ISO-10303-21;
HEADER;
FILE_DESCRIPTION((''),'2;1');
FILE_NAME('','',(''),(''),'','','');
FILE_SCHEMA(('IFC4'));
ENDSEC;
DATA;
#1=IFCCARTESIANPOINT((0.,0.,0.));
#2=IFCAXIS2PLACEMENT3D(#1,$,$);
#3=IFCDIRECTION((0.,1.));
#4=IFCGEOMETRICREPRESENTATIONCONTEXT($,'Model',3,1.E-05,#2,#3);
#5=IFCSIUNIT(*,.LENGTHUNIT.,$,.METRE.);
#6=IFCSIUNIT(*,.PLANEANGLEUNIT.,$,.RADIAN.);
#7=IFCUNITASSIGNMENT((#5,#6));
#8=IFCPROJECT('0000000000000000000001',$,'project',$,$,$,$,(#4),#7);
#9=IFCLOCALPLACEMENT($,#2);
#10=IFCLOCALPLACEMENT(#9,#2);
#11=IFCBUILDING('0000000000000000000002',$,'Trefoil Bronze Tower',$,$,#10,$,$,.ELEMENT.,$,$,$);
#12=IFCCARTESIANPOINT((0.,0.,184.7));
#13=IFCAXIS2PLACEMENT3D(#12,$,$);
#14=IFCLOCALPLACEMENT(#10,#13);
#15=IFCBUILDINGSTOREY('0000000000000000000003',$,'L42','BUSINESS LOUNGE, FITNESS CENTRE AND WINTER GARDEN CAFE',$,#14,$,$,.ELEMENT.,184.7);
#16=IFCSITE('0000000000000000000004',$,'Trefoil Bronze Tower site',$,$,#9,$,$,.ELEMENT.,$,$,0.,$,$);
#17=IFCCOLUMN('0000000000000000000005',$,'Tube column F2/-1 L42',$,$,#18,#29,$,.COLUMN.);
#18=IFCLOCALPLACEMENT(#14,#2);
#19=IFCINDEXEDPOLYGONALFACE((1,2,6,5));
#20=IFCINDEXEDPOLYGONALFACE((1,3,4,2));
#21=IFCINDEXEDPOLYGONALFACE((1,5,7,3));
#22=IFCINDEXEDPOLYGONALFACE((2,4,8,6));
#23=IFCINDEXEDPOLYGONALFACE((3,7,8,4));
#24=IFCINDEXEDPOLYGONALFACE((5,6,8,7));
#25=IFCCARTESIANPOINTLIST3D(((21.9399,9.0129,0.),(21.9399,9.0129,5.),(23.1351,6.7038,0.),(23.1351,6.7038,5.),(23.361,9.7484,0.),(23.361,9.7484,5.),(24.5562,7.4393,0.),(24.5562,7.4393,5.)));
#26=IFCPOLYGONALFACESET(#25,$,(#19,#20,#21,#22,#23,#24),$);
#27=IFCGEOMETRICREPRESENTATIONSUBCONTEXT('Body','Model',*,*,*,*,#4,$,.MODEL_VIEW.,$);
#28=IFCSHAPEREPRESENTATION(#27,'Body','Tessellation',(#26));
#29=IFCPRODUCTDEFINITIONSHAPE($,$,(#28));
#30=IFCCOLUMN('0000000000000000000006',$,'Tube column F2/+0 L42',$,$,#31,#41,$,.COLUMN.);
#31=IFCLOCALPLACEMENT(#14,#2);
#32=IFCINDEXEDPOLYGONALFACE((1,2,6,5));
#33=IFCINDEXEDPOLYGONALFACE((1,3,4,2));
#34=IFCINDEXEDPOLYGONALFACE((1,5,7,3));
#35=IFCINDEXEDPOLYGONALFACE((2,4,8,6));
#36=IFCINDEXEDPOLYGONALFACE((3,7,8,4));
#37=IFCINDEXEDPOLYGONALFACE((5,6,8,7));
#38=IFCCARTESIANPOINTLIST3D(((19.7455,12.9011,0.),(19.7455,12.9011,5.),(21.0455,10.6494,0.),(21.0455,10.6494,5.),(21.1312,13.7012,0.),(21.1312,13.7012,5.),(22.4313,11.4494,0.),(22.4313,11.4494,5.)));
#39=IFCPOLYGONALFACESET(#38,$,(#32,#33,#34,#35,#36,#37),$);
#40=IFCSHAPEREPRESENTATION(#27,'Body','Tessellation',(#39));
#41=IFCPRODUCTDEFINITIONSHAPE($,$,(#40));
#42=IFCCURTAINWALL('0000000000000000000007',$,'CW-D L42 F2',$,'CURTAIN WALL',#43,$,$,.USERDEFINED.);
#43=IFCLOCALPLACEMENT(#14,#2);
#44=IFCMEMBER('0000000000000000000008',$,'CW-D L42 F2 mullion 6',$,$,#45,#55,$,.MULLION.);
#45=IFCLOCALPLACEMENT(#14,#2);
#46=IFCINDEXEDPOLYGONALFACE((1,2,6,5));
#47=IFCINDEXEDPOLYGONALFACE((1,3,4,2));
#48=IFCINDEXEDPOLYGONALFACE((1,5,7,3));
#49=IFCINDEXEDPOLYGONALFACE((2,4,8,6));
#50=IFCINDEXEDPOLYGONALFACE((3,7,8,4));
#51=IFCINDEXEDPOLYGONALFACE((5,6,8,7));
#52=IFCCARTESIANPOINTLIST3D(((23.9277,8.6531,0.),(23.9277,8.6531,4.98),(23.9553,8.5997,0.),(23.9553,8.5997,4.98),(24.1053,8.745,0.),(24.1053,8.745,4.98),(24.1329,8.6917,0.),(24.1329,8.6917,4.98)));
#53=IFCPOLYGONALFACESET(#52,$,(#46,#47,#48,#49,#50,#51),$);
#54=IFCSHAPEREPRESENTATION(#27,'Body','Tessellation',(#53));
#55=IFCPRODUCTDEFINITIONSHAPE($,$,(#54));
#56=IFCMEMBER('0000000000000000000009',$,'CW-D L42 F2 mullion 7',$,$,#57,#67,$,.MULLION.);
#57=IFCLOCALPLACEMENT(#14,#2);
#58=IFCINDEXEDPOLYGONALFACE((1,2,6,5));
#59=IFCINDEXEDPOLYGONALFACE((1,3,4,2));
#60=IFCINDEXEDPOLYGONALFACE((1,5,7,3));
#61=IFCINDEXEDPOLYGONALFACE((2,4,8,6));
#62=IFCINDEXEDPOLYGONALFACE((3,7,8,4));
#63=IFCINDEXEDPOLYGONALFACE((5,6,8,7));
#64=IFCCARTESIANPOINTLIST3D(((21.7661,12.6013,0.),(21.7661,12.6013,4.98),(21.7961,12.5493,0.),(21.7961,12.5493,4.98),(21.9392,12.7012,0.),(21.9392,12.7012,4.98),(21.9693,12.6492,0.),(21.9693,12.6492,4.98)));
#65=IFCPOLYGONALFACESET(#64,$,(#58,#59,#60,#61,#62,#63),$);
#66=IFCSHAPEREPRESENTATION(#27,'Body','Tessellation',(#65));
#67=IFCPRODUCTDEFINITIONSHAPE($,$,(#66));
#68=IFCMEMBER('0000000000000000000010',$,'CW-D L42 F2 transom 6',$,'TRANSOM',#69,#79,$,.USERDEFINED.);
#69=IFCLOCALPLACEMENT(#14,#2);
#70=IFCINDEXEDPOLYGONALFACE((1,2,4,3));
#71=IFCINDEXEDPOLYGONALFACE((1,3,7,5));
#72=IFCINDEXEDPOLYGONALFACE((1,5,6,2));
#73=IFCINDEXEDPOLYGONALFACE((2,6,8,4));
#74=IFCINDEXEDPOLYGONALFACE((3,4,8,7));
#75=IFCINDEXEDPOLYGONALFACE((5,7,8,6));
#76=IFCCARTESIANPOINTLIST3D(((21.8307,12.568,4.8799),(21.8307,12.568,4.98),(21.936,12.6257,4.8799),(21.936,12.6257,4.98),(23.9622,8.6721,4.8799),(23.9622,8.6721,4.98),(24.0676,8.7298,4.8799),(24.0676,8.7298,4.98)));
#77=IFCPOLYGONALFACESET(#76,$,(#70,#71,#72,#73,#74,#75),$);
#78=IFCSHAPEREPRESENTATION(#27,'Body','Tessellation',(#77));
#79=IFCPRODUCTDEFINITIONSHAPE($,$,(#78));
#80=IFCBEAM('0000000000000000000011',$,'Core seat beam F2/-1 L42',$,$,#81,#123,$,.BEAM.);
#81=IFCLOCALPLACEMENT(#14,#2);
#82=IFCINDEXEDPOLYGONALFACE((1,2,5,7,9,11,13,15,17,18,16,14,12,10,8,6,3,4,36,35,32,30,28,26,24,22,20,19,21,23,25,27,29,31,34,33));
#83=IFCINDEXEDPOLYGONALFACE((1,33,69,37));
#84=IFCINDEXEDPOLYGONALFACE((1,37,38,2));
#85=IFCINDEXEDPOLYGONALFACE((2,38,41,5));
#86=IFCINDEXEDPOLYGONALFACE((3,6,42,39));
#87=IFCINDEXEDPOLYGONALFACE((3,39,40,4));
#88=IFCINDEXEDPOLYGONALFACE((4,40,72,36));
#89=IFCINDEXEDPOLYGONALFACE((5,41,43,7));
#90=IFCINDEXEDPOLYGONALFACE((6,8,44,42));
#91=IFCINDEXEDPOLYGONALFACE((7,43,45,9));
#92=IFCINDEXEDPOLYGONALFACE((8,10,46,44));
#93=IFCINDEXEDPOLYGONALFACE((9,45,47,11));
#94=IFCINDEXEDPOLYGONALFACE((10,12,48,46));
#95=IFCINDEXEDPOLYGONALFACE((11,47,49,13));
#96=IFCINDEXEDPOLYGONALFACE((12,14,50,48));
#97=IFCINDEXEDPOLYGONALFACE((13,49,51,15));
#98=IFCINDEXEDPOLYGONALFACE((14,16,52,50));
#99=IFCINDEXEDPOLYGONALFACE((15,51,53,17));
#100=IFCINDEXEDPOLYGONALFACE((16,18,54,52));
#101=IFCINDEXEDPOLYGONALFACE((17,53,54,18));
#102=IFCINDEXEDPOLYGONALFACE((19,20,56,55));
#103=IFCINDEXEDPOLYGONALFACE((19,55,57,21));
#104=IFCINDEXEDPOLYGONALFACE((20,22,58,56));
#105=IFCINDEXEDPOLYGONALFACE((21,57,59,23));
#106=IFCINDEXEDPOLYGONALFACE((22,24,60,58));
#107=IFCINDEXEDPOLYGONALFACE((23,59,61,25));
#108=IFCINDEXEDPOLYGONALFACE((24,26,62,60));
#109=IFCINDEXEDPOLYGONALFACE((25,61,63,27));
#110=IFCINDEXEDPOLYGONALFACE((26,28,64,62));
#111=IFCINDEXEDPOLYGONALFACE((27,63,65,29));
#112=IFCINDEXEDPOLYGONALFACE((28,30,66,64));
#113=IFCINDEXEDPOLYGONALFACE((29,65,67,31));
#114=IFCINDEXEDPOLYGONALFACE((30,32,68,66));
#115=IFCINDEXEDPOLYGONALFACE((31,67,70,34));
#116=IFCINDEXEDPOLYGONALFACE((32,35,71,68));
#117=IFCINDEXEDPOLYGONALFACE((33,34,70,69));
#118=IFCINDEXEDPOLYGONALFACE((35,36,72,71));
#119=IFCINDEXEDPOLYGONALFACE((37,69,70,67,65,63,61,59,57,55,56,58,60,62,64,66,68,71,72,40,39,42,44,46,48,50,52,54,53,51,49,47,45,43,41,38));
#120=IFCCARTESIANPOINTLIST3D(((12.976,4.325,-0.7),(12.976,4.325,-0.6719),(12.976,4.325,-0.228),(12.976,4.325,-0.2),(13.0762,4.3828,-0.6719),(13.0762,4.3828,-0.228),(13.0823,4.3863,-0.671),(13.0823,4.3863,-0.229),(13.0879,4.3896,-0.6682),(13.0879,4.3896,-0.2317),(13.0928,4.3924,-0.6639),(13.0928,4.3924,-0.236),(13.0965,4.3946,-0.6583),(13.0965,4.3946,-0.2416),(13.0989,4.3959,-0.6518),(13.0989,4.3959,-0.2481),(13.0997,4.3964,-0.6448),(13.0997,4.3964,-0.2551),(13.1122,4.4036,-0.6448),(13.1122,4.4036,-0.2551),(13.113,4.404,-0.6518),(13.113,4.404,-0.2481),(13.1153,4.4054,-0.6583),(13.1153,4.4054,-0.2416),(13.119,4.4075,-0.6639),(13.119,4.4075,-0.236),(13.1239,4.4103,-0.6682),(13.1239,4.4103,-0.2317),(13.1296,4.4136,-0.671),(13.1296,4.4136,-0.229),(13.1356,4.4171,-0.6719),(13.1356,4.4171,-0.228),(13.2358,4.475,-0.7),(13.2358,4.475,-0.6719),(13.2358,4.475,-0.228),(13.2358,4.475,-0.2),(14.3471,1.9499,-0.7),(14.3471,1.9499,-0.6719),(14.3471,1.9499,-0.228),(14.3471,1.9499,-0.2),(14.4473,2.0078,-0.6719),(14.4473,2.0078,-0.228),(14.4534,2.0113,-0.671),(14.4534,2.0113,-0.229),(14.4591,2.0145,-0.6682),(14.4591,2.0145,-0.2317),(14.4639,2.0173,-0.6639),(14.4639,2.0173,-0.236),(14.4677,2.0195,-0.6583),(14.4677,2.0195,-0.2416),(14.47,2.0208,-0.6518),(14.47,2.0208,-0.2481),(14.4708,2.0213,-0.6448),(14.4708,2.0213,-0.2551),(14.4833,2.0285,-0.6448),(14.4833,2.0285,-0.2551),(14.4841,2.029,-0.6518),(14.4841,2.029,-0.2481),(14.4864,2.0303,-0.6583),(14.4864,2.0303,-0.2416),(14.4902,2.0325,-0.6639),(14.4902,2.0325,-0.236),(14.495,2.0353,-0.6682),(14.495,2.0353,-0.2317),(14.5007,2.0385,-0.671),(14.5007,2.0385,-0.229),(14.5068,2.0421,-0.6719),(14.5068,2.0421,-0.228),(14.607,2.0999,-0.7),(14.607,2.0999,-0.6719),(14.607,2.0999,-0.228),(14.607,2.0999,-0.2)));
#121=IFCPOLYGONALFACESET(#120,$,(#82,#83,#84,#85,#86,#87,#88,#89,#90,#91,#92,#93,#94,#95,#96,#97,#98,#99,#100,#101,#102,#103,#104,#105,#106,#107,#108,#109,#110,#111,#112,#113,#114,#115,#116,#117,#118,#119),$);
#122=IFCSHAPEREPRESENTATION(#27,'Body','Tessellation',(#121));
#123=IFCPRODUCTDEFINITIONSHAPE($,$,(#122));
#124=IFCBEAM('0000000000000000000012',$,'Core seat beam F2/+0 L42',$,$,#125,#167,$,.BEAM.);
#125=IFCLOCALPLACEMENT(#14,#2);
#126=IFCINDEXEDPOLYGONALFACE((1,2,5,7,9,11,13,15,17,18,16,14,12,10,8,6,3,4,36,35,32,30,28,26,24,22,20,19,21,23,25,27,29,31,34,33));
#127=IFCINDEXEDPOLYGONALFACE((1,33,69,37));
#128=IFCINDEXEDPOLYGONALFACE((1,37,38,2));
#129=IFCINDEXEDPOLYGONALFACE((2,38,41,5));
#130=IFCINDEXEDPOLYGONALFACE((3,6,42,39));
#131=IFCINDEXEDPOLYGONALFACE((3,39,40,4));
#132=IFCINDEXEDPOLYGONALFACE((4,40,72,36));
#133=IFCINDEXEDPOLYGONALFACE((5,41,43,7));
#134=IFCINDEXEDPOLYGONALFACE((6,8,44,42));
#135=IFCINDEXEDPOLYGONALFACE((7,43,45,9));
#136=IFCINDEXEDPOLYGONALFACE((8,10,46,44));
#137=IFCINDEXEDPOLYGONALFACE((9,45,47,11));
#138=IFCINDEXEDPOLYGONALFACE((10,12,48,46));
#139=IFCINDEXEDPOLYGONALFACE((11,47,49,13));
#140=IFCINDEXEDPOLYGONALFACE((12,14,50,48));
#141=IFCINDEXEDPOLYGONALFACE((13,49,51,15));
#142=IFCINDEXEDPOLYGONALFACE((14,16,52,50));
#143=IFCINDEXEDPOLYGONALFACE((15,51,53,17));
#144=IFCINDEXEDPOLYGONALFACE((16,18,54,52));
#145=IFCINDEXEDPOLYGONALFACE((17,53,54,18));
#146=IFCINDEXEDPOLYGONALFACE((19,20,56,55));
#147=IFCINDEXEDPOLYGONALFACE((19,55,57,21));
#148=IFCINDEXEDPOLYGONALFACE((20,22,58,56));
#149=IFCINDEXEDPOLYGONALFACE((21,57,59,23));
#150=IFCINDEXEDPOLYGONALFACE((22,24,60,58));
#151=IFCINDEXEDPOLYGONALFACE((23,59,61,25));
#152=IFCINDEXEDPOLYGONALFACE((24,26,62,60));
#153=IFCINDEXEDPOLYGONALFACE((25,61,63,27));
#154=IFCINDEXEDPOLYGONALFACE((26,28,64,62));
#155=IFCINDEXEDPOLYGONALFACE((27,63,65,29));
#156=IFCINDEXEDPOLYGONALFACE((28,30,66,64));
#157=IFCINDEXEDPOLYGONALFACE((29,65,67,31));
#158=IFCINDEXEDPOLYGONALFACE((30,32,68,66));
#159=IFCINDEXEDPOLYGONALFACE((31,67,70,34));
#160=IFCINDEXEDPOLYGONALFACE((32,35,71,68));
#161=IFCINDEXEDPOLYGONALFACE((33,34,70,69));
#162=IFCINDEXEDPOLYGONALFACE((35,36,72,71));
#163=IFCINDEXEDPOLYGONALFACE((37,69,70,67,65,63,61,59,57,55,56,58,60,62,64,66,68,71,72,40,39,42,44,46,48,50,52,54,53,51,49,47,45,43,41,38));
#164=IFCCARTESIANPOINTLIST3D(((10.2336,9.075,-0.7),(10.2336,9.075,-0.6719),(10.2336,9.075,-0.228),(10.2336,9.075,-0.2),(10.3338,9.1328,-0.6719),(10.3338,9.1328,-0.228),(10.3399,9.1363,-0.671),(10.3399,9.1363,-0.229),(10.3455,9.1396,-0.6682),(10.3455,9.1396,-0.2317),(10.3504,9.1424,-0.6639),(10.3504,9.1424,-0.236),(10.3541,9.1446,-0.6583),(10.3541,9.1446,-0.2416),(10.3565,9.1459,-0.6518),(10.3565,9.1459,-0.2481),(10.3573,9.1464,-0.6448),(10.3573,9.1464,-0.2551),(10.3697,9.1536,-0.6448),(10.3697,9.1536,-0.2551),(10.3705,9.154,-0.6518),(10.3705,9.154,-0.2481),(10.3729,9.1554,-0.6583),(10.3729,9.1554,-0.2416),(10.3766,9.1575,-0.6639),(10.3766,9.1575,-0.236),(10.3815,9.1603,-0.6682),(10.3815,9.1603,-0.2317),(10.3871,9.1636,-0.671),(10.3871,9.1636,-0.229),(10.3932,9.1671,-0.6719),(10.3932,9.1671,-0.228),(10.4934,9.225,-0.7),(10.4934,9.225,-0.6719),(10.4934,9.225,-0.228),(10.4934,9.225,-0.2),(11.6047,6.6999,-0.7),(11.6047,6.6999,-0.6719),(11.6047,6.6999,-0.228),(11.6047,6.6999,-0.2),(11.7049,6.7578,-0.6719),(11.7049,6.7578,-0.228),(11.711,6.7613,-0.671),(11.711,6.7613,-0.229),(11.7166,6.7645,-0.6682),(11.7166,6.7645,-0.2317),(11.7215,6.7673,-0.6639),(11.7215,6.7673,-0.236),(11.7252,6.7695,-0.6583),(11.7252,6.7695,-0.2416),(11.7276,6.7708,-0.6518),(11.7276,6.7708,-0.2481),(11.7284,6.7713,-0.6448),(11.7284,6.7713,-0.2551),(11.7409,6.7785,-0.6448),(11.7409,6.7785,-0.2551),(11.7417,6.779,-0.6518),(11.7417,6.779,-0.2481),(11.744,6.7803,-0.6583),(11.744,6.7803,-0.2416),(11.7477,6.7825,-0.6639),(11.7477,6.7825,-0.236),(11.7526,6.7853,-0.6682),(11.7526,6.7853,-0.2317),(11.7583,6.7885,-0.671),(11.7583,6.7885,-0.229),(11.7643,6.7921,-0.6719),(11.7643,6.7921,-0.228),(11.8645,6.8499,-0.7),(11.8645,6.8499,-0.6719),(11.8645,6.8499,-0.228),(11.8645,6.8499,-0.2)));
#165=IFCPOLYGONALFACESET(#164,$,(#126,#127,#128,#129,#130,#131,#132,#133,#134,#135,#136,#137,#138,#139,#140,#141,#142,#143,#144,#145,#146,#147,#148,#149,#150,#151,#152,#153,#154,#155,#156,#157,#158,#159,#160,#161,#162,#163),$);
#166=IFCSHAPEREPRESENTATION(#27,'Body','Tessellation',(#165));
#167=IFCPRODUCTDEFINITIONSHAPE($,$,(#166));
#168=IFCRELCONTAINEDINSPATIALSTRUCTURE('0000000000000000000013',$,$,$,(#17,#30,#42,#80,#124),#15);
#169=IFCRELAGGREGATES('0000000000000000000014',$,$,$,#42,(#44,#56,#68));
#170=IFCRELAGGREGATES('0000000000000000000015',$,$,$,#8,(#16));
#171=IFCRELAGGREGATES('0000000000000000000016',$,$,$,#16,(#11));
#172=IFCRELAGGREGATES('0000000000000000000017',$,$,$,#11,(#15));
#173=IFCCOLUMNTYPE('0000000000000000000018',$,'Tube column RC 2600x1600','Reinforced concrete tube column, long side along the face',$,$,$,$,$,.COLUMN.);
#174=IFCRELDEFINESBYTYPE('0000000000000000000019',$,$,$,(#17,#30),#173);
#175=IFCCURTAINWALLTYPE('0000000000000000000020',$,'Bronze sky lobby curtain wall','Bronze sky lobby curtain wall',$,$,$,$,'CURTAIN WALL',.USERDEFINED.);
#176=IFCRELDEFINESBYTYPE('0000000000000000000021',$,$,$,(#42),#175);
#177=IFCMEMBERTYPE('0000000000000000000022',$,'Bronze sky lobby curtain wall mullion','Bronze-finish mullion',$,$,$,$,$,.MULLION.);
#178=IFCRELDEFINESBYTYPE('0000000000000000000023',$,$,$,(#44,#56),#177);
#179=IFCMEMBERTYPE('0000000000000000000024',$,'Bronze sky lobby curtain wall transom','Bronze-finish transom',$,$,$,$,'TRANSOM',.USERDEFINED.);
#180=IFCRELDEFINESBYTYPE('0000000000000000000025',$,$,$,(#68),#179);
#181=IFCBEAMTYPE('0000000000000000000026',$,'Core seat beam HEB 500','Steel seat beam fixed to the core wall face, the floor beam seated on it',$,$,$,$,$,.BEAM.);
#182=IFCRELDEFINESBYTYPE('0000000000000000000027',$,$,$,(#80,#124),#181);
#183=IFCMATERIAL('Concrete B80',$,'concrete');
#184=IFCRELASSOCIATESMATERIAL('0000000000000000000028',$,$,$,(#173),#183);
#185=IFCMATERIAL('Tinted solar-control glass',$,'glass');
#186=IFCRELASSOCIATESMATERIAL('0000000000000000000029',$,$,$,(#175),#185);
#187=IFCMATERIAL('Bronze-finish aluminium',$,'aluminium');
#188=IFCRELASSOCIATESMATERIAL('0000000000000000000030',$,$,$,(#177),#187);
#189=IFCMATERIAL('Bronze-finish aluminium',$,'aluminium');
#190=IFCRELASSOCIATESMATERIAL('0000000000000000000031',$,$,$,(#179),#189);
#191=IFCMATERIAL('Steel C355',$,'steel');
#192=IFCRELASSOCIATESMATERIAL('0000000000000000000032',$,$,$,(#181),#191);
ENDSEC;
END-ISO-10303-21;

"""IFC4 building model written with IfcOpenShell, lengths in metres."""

from ifc_helpers import new_model, si_unit, direction, frame, origin, origin_2d, place, context, subcontext, project, spatial, rectangle, i_section, extrude, material, material_profile, profile_set, type_object, element, aggregate, save


model = new_model("IFC4")

# Units and contexts
model_context = context("Model", 3, precision=1e-05, world=origin(), true_north=direction((0.0, 1.0)))
body_context = subcontext(model_context, "Body", "Model", "MODEL_VIEW")
ifc_project = project(units=[si_unit("LENGTHUNIT", "METRE"), si_unit("PLANEANGLEUNIT", "RADIAN")], contexts=[model_context])

# Site, building, storey
site_placement = place(None, origin())
site = spatial("IfcSite", under=ifc_project, at=site_placement, Name="Trefoil Bronze Tower site", CompositionType="ELEMENT", RefElevation=0.0)
building_placement = place(site_placement, origin())
building = spatial("IfcBuilding", under=site, at=building_placement, Name="Trefoil Bronze Tower", CompositionType="ELEMENT")
storey_placement = place(building_placement, frame((0.0, 0.0, 184.7)))
storey = spatial("IfcBuildingStorey", under=building, at=storey_placement, Name="L42", Description="BUSINESS LOUNGE, FITNESS CENTRE AND WINTER GARDEN CAFE", CompositionType="ELEMENT", Elevation=184.7)

# Columns
ifc_material_1 = material(Name="Concrete B80", Category="concrete")
ifc_material_profile_1 = material_profile(ifc_material_1, rectangle(XDim=2.6001, YDim=1.6001, at=origin_2d()), Name="RC 2600x1600")
ifc_profile_set_1 = profile_set([ifc_material_profile_1], Name="Concrete B80")
column_type = type_object("IfcColumnType", Name="Tube column RC 2600x1600", Description="Reinforced concrete tube column, long side along the face", PredefinedType="COLUMN", material=ifc_profile_set_1)
for number, where, z_axis, x_axis, name in (
    (1, (23.248, 8.2261, 0.0), (0.0, 0.0, 1.0), (-0.459673, 0.888088, 0.0), "Tube column F2/-1 L42"),
    (2, (21.0884, 12.1753, 0.0), (0.0, 0.0, 1.0), (-0.5, 0.866025, 0.0), "Tube column F2/+0 L42"),
):
    element("IfcColumn", number, at=place(storey_placement, frame(where, z_axis=z_axis, x_axis=x_axis)), inside=storey, type_object=column_type, Name=name, PredefinedType="COLUMN", context=body_context, shape_type="SweptSolid", body=[
        extrude(rectangle(XDim=2.6001, YDim=1.6001, at=origin_2d()), origin(), (0.0, 0.0, 1.0), 5.0),
    ])

# Curtain wall, members
ifc_material_2 = material(Name="Tinted solar-control glass", Category="glass")
curtain_wall_type = type_object("IfcCurtainWallType", Name="Bronze sky lobby curtain wall", Description="Bronze sky lobby curtain wall", ElementType="CURTAIN WALL", PredefinedType="USERDEFINED", material=ifc_material_2)
curtain_wall_placement = place(storey_placement, origin())
curtain_wall = element("IfcCurtainWall", 3, at=curtain_wall_placement, inside=storey, type_object=curtain_wall_type, Name="CW-D L42 F2", ObjectType="CURTAIN WALL", PredefinedType="USERDEFINED")
ifc_material_3 = material(Name="Bronze-finish aluminium", Category="aluminium")
ifc_material_profile_2 = material_profile(ifc_material_3, rectangle(XDim=0.2, YDim=0.0601, at=origin_2d()), Name="CW-D mullion")
ifc_profile_set_2 = profile_set([ifc_material_profile_2], Name="Bronze-finish aluminium")
member_type_1 = type_object("IfcMemberType", Name="Bronze sky lobby curtain wall mullion", Description="Bronze-finish mullion", PredefinedType="MULLION", material=ifc_profile_set_2)
member_1_placement = place(storey_placement, frame((24.0303, 8.6724, 0.0), z_axis=(0.0, 0.0, 1.0), x_axis=(-0.888088, -0.459673, 0.0)))
member_1 = element("IfcMember", 4, at=member_1_placement, type_object=member_type_1, Name="CW-D L42 F2 mullion 6", PredefinedType="MULLION", context=body_context, shape_type="SweptSolid", body=[
    extrude(rectangle(XDim=0.2, YDim=0.0601, at=origin_2d()), origin(), (0.0, 0.0, 1.0), 4.98),
])
member_2_placement = place(storey_placement, frame((21.8677, 12.6252, 0.0), z_axis=(0.0, 0.0, 1.0), x_axis=(-0.866025, -0.5, 0.0)))
member_2 = element("IfcMember", 5, at=member_2_placement, type_object=member_type_1, Name="CW-D L42 F2 mullion 7", PredefinedType="MULLION", context=body_context, shape_type="SweptSolid", body=[
    extrude(rectangle(XDim=0.2, YDim=0.0601, at=origin_2d()), origin(), (0.0, 0.0, 1.0), 4.98),
])
ifc_material_4 = material(Name="Bronze-finish aluminium", Category="aluminium")
ifc_material_profile_3 = material_profile(ifc_material_4, rectangle(XDim=0.1201, YDim=0.1001, at=origin_2d()), Name="CW-D transom")
ifc_profile_set_3 = profile_set([ifc_material_profile_3], Name="Bronze-finish aluminium")
member_type_2 = type_object("IfcMemberType", Name="Bronze sky lobby curtain wall transom", Description="Bronze-finish transom", ElementType="TRANSOM", PredefinedType="USERDEFINED", material=ifc_profile_set_3)
member_3_placement = place(storey_placement, frame((24.0149, 8.7009, 4.9299), z_axis=(-0.47998, 0.877279, 0.0), x_axis=(-0.877279, -0.47998, 0.0)))
member_3 = element("IfcMember", 6, at=member_3_placement, type_object=member_type_2, Name="CW-D L42 F2 transom 6", ObjectType="TRANSOM", PredefinedType="USERDEFINED", context=body_context, shape_type="SweptSolid", body=[
    extrude(rectangle(XDim=0.1201, YDim=0.1001, at=origin_2d()), origin(), (0.0, 0.0, 1.0), 4.4409),
])

# Beams
ifc_material_5 = material(Name="Steel C355", Category="steel")
ifc_material_profile_4 = material_profile(ifc_material_5, i_section(OverallWidth=0.3, OverallDepth=0.5, WebThickness=0.0144, FlangeThickness=0.0281, FilletRadius=0.0271, at=origin_2d()), Name="HEB 500")
ifc_profile_set_4 = profile_set([ifc_material_profile_4], Name="Steel C355")
beam_type_1 = type_object("IfcBeamType", Name="Core seat beam HEB 500", Description="Steel seat beam fixed to the core wall face, the floor beam seated on it", PredefinedType="BEAM", material=ifc_profile_set_4)
for number, where, z_axis, x_axis, name in (
    (7, (14.4771, 2.0249, -0.45), (-0.499969, 0.866043, 0.0), (-0.866043, -0.499969, 0.0), "Core seat beam F2/-1 L42"),
    (8, (11.7346, 6.7749, -0.45), (-0.499969, 0.866043, 0.0), (-0.866043, -0.499969, 0.0), "Core seat beam F2/+0 L42"),
):
    element("IfcBeam", number, at=place(storey_placement, frame(where, z_axis=z_axis, x_axis=x_axis)), inside=storey, type_object=beam_type_1, Name=name, PredefinedType="BEAM", context=body_context, shape_type="SweptSolid", body=[
        extrude(i_section(OverallWidth=0.3, OverallDepth=0.5, WebThickness=0.0144, FlangeThickness=0.0281, FilletRadius=0.0271, at=origin_2d()), origin(), (0.0, 0.0, 1.0), 2.7424),
    ])

aggregate(curtain_wall, [member_1, member_2, member_3])

save(model, "model.ifc")
